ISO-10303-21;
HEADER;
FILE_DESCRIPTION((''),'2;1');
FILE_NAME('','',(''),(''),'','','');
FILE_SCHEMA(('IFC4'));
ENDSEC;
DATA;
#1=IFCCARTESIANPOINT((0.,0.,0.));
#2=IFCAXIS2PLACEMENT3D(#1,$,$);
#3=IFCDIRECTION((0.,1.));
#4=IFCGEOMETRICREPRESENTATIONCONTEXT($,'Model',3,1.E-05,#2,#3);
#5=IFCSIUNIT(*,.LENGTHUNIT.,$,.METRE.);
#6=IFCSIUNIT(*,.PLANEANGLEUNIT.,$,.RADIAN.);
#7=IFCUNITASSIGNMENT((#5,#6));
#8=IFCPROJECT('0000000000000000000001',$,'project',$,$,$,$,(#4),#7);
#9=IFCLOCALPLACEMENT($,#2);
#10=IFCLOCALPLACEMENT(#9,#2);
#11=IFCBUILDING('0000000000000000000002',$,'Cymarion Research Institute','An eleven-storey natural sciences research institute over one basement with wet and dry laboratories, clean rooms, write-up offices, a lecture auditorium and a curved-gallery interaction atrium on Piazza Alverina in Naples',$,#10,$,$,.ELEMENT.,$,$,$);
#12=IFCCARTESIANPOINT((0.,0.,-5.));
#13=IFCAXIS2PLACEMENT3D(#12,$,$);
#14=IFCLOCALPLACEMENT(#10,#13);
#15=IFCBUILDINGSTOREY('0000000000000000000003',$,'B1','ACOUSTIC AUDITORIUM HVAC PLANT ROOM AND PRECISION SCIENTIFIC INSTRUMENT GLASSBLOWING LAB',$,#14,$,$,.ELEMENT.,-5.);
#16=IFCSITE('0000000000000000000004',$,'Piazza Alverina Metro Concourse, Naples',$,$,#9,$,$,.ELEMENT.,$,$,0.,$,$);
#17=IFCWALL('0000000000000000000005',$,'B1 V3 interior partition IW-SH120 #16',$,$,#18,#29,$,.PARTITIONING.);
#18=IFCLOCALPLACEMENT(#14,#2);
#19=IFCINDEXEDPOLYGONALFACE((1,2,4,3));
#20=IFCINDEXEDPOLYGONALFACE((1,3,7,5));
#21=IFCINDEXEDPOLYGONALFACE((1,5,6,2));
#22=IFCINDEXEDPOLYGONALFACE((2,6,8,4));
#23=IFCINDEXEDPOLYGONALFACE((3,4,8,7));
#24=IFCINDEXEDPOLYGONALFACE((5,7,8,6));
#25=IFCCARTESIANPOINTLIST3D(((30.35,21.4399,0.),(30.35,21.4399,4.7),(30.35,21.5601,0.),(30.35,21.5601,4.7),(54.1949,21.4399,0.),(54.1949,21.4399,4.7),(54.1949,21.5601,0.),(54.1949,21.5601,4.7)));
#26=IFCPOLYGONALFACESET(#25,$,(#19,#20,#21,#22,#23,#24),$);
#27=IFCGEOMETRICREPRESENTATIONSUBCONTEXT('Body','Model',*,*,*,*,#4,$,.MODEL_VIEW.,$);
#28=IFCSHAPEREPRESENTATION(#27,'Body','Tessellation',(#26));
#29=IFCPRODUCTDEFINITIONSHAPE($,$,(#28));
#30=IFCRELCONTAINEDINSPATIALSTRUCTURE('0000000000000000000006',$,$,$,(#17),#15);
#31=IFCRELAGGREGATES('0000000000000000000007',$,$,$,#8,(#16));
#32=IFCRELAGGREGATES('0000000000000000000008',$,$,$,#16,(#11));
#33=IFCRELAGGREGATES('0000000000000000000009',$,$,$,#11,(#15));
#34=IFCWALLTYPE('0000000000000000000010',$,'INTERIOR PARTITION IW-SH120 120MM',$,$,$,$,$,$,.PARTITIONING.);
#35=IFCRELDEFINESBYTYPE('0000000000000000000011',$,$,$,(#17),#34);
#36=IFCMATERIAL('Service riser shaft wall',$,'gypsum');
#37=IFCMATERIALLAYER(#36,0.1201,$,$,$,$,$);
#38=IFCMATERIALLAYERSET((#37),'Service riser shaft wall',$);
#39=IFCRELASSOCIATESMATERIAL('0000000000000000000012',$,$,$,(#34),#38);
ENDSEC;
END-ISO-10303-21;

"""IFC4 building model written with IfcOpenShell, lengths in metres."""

from ifc_helpers import new_model, si_unit, direction, frame, frame_2d, origin, place, context, subcontext, project, spatial, rectangle, extrude, material, layer, layer_set, type_object, element, save


model = new_model("IFC4")

# Units and contexts
model_context = context("Model", 3, precision=1e-05, world=origin(), true_north=direction((0.0, 1.0)))
body_context = subcontext(model_context, "Body", "Model", "MODEL_VIEW")
ifc_project = project(units=[si_unit("LENGTHUNIT", "METRE"), si_unit("PLANEANGLEUNIT", "RADIAN")], contexts=[model_context])

# Site, building, storey
site_placement = place(None, origin())
site = spatial("IfcSite", under=ifc_project, at=site_placement, Name="Piazza Alverina Metro Concourse, Naples", CompositionType="ELEMENT", RefElevation=0.0)
building_placement = place(site_placement, origin())
building = spatial("IfcBuilding", under=site, at=building_placement, Name="Cymarion Research Institute", Description="An eleven-storey natural sciences research institute over one basement with wet and dry laboratories, clean rooms, write-up offices, a lecture auditorium and a curved-gallery interaction atrium on Piazza Alverina in Naples", CompositionType="ELEMENT")
storey_placement = place(building_placement, frame((0.0, 0.0, -5.0)))
storey = spatial("IfcBuildingStorey", under=building, at=storey_placement, Name="B1", Description="ACOUSTIC AUDITORIUM HVAC PLANT ROOM AND PRECISION SCIENTIFIC INSTRUMENT GLASSBLOWING LAB", CompositionType="ELEMENT", Elevation=-5.0)

# Wall
ifc_material_1 = material(Name="Service riser shaft wall", Category="gypsum")
ifc_layer_1 = layer(ifc_material_1, 0.1201)
ifc_layer_set_1 = layer_set([ifc_layer_1], Name="Service riser shaft wall")
wall_type_1 = type_object("IfcWallType", Name="INTERIOR PARTITION IW-SH120 120MM", PredefinedType="PARTITIONING", material=ifc_layer_set_1)
wall_1_placement = place(storey_placement, frame((30.3501, 21.5, 0.0), z_axis=(0.0, 0.0, 1.0), x_axis=(1.0, 0.0, 0.0)))
element("IfcWall", 1, at=wall_1_placement, inside=storey, type_object=wall_type_1, Name="B1 V3 interior partition IW-SH120 #16", PredefinedType="PARTITIONING", context=body_context, shape_type="SweptSolid", body=[
    extrude(rectangle(XDim=23.845, YDim=0.1201, at=frame_2d((11.9224, 0.0))), origin(), (0.0, 0.0, 1.0), 4.7),
])

save(model, "model.ifc")
